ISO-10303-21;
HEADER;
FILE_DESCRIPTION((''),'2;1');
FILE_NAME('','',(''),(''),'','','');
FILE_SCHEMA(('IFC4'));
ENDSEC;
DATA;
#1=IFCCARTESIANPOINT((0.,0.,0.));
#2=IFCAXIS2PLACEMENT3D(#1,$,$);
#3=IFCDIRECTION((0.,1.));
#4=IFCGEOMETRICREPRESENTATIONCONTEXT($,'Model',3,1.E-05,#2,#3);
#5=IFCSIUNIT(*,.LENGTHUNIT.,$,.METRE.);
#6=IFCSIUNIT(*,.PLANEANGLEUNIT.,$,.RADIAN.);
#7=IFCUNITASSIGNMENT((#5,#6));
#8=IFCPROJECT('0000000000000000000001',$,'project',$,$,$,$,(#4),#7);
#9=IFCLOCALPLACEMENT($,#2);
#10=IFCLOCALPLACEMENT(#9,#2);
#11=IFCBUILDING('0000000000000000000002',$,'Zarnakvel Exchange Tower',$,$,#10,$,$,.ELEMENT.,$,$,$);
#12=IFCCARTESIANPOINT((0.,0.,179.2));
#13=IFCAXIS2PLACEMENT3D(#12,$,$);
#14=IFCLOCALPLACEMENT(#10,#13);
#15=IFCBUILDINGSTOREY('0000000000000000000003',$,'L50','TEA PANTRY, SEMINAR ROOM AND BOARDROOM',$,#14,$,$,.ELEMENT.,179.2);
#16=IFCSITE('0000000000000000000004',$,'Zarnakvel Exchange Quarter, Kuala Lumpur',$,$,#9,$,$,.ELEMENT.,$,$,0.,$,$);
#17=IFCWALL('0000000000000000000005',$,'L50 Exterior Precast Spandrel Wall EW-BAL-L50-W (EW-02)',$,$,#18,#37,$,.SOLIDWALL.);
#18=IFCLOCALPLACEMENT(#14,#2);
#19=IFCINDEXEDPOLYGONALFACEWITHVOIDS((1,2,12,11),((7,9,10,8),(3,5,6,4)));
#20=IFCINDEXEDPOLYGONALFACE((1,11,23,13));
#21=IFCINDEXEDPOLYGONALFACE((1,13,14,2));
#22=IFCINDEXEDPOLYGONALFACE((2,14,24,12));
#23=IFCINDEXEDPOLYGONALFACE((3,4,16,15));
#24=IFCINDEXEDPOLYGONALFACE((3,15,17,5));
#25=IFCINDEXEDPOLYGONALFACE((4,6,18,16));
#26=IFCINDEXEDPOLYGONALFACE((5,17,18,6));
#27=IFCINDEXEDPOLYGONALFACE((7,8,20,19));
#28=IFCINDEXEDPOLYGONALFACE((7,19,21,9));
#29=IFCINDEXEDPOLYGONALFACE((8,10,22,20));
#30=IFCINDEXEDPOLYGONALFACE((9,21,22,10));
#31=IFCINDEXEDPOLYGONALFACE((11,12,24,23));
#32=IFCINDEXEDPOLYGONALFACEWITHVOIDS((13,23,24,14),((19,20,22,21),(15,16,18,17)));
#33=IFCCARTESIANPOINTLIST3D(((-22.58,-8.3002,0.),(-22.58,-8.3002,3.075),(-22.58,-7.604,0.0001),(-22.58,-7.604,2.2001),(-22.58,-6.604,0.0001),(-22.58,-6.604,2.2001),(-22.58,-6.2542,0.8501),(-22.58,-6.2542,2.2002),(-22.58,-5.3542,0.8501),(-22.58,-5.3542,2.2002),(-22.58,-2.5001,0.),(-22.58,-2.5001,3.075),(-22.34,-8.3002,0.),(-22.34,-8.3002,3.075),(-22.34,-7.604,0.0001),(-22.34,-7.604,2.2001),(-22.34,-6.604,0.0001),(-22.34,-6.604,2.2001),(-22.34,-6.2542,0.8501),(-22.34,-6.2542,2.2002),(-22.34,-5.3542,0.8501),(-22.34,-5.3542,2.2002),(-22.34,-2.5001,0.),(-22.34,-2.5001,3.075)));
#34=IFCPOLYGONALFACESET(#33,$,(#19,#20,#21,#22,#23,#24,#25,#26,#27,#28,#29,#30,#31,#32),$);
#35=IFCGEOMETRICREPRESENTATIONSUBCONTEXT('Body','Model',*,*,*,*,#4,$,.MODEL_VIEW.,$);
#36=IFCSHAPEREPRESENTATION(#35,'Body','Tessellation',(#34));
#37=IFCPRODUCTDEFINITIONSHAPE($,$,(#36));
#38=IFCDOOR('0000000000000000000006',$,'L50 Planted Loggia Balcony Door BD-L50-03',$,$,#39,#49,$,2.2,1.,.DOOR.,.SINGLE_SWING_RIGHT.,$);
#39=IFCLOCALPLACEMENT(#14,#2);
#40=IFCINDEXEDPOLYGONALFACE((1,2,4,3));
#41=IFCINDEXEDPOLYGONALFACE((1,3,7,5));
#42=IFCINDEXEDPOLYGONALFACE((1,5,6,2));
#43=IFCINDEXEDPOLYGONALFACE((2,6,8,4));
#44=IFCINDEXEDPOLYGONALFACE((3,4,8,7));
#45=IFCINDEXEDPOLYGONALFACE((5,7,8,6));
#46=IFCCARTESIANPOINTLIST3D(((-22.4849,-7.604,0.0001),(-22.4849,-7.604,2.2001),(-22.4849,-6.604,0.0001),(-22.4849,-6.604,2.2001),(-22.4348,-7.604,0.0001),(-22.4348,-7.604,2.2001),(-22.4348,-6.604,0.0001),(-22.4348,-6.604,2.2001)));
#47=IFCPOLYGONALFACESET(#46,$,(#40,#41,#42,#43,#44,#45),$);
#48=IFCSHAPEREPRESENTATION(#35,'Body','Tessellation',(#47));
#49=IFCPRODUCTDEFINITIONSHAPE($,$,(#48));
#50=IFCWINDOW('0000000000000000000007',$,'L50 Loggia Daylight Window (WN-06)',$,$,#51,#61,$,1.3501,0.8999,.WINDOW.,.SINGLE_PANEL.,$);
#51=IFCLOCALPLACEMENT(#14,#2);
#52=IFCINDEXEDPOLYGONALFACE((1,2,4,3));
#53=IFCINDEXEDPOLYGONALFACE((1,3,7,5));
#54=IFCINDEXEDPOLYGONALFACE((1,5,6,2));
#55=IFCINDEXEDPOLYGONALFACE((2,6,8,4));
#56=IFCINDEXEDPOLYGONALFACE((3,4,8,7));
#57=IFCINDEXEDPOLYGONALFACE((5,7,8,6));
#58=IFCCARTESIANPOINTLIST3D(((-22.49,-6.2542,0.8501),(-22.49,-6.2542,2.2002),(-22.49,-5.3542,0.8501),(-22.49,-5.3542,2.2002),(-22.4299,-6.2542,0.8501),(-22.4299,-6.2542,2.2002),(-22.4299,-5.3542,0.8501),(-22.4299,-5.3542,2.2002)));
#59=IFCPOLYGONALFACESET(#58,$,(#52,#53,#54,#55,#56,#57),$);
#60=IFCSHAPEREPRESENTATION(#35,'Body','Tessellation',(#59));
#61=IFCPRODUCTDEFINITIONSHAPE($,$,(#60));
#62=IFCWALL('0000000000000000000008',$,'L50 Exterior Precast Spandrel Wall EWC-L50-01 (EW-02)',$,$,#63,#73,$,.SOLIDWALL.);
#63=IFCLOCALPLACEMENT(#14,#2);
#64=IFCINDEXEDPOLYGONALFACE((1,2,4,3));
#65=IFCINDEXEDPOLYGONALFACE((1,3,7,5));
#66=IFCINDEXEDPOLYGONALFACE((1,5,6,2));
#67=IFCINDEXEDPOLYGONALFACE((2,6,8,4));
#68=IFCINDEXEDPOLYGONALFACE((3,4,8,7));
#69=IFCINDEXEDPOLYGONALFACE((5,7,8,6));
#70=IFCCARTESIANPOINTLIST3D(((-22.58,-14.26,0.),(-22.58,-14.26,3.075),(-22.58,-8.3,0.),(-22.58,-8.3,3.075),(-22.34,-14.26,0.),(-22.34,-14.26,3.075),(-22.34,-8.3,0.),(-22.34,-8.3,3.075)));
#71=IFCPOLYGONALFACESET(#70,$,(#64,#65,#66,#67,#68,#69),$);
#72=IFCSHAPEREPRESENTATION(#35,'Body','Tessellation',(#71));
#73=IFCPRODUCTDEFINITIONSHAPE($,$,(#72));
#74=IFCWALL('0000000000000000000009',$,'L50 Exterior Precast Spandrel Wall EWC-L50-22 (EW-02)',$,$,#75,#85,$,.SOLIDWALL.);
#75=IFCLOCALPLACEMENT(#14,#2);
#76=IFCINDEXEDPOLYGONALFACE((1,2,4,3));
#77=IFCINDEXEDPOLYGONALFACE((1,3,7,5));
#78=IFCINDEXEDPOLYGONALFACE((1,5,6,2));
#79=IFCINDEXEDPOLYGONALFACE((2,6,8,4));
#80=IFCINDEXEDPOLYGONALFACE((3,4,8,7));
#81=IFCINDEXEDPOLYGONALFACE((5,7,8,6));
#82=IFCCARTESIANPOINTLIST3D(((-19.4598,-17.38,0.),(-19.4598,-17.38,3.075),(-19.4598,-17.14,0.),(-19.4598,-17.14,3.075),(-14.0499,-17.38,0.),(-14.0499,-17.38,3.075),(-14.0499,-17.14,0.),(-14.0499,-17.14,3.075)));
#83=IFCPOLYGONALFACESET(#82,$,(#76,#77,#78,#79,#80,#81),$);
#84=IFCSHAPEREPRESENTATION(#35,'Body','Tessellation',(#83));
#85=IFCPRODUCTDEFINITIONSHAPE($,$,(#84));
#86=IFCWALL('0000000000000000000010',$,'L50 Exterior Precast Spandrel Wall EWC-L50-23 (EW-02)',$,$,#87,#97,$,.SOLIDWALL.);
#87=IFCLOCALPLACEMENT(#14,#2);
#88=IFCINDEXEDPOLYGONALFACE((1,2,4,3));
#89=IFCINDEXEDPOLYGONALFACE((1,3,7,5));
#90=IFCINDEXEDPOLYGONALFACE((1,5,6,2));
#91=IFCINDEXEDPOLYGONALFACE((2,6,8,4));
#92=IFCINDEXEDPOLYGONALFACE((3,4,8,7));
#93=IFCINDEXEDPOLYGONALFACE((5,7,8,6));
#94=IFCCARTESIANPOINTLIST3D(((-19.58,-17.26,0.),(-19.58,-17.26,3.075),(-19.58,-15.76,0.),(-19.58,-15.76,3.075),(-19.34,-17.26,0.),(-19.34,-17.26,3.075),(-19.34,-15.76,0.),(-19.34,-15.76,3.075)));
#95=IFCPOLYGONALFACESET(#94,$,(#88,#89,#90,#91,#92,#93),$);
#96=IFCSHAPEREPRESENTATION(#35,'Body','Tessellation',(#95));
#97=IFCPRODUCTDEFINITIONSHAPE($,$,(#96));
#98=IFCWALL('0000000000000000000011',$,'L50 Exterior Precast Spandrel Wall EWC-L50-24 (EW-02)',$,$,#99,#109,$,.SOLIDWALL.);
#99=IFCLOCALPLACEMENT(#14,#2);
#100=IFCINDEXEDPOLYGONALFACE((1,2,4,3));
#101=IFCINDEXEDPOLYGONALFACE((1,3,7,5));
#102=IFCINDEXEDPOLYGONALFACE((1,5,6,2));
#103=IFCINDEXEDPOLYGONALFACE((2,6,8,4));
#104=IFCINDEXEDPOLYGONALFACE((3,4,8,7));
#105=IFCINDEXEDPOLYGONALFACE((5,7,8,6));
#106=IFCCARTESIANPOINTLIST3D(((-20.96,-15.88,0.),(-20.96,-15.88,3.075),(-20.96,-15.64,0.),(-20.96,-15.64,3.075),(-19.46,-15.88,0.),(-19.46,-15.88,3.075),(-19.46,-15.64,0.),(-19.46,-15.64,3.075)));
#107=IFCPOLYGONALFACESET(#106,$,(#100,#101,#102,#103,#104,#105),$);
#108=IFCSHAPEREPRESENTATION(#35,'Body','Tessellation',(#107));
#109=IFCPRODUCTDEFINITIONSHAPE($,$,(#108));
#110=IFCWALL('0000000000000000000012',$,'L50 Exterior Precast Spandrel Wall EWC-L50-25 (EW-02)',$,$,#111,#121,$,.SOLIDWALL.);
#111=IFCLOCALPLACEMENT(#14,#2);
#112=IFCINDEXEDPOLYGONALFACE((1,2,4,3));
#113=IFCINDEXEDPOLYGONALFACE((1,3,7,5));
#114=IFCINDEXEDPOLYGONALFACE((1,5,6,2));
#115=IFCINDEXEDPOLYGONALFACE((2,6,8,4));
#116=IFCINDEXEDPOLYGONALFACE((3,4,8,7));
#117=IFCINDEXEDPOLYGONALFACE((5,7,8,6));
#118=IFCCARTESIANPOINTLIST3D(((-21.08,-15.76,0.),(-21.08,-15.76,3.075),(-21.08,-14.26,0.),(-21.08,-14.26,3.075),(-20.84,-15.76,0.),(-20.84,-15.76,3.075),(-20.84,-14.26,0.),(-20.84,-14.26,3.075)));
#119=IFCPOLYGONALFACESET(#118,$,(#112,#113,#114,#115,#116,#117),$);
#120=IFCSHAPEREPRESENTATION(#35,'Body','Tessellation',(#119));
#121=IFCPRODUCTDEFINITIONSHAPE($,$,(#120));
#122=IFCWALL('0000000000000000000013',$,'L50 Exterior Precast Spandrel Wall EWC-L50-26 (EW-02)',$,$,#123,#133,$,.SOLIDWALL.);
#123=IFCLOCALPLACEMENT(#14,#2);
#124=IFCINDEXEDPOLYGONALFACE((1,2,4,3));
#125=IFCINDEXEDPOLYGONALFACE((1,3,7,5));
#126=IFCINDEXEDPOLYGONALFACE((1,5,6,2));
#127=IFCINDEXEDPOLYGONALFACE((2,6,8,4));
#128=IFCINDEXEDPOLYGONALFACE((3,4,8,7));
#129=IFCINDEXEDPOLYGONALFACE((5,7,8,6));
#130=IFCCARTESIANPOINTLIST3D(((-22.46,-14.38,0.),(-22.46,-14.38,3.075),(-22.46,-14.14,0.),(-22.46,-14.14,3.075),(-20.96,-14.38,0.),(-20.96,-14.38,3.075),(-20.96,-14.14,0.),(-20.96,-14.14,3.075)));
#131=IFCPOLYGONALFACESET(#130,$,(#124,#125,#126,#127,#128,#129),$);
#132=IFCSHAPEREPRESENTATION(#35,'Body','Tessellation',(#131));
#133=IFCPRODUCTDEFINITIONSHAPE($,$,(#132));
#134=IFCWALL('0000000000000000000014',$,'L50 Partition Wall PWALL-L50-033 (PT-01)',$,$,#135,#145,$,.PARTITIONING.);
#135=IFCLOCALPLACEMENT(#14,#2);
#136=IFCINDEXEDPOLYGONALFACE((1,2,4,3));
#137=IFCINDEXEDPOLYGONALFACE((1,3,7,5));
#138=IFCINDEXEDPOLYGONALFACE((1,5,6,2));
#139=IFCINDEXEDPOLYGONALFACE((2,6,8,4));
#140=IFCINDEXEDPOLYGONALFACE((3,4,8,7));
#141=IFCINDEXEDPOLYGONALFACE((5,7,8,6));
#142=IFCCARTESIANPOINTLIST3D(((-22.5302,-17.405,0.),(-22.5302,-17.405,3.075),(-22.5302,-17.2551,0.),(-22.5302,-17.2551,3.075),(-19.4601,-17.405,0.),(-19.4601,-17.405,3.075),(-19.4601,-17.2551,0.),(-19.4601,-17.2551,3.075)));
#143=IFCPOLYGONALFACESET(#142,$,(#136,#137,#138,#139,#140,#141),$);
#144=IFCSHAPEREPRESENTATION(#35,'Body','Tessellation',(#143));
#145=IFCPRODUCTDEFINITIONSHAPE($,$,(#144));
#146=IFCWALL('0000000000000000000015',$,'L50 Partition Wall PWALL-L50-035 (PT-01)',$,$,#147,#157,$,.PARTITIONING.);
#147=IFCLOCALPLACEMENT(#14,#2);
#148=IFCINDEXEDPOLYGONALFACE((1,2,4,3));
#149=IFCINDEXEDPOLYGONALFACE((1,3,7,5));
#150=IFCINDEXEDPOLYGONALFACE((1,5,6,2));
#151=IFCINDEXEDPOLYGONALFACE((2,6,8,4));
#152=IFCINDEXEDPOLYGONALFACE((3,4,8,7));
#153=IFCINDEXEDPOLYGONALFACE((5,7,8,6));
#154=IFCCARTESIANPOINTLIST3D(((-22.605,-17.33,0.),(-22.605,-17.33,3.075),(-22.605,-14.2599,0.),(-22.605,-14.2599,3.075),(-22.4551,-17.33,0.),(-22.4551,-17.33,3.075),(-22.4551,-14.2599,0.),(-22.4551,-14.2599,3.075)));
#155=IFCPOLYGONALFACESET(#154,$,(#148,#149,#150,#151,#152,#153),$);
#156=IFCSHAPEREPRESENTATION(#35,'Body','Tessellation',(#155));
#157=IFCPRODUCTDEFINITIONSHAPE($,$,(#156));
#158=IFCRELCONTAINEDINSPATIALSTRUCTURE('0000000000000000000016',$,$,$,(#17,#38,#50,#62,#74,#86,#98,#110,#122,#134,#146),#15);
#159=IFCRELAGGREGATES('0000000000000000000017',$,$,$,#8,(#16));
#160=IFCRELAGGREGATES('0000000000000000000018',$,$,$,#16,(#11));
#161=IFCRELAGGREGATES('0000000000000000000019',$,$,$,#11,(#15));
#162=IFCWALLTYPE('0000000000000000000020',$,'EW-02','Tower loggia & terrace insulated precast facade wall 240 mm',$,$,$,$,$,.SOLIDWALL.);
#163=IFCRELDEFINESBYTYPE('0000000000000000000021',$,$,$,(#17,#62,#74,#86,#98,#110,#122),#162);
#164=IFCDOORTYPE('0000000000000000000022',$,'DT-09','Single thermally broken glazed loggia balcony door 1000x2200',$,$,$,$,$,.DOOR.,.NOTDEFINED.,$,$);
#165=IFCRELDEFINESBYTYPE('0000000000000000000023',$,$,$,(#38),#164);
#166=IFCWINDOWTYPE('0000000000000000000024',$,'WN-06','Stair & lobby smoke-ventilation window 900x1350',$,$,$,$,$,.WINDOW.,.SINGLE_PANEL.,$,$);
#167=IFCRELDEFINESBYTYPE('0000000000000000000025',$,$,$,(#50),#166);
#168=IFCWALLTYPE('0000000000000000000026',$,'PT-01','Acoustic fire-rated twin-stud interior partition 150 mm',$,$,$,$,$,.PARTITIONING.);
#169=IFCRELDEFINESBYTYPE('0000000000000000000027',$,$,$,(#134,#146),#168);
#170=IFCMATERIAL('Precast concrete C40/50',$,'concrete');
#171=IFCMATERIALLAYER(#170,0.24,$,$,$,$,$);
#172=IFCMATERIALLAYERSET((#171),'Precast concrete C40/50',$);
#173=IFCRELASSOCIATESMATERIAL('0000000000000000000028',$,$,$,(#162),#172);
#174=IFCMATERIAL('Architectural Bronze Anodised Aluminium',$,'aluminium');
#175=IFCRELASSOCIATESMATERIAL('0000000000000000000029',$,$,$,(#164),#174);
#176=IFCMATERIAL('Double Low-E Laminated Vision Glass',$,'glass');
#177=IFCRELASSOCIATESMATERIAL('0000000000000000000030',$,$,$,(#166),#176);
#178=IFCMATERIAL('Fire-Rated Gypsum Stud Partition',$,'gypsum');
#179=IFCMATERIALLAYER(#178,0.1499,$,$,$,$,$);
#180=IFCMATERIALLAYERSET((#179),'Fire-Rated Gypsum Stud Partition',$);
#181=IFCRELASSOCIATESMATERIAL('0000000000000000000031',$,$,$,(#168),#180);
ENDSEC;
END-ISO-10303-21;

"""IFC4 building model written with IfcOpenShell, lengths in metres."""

from ifc_helpers import new_model, si_unit, direction, frame, frame_2d, origin, place, context, subcontext, project, spatial, rectangle, extrude, source, transform, mapped, material, layer, layer_set, type_object, element, fill, save


model = new_model("IFC4")

# Units and contexts
model_context = context("Model", 3, precision=1e-05, world=origin(), true_north=direction((0.0, 1.0)))
body_context = subcontext(model_context, "Body", "Model", "MODEL_VIEW")
ifc_project = project(units=[si_unit("LENGTHUNIT", "METRE"), si_unit("PLANEANGLEUNIT", "RADIAN")], contexts=[model_context])

# Site, building, storey
site_placement = place(None, origin())
site = spatial("IfcSite", under=ifc_project, at=site_placement, Name="Zarnakvel Exchange Quarter, Kuala Lumpur", CompositionType="ELEMENT", RefElevation=0.0)
building_placement = place(site_placement, origin())
building = spatial("IfcBuilding", under=site, at=building_placement, Name="Zarnakvel Exchange Tower", CompositionType="ELEMENT")
storey_placement = place(building_placement, frame((0.0, 0.0, 179.2)))
storey = spatial("IfcBuildingStorey", under=building, at=storey_placement, Name="L50", Description="TEA PANTRY, SEMINAR ROOM AND BOARDROOM", CompositionType="ELEMENT", Elevation=179.2)

# Wall, openings, door, window
ifc_material_1 = material(Name="Precast concrete C40/50", Category="concrete")
ifc_layer_1 = layer(ifc_material_1, 0.24)
ifc_layer_set_1 = layer_set([ifc_layer_1], Name="Precast concrete C40/50")
wall_type_1 = type_object("IfcWallType", Name="EW-02", Description="Tower loggia & terrace insulated precast facade wall 240 mm", PredefinedType="SOLIDWALL", material=ifc_layer_set_1)
wall_1_placement = place(storey_placement, frame((-22.46, -8.3, 0.0), z_axis=(0.0, 0.0, 1.0), x_axis=(0.0, 1.0, 0.0)))
wall_1 = element("IfcWall", 1, at=wall_1_placement, inside=storey, type_object=wall_type_1, Name="L50 Exterior Precast Spandrel Wall EW-BAL-L50-W (EW-02)", PredefinedType="SOLIDWALL", context=body_context, shape_type="SweptSolid", body=[
    extrude(rectangle(XDim=5.8, YDim=0.24, at=frame_2d((2.8999, 0.0))), origin(), (0.0, 0.0, 1.0), 3.075),
])
opening_1_placement = place(wall_1_placement, frame((0.696, 0.0, 0.0)))
opening_1 = element("IfcOpeningElement", 2, at=opening_1_placement, cuts=wall_1, PredefinedType="OPENING", context=body_context, shape_type="SweptSolid", body=[
    extrude(rectangle(XDim=1.0, YDim=2.2, at=frame_2d((0.5, 1.1001))), frame((0.0, 0.1299, 0.0), z_axis=(0.0, -1.0, 0.0), x_axis=(1.0, 0.0, 0.0)), (0.0, 0.0, 1.0), 0.26),
])
opening_2_placement = place(wall_1_placement, frame((2.0459, 0.0, 0.8501)))
opening_2 = element("IfcOpeningElement", 3, at=opening_2_placement, cuts=wall_1, PredefinedType="OPENING", context=body_context, shape_type="SweptSolid", body=[
    extrude(rectangle(XDim=0.8999, YDim=1.3501, at=frame_2d((0.45, 0.675))), frame((0.0, 0.1299, 0.0), z_axis=(0.0, -1.0, 0.0), x_axis=(1.0, 0.0, 0.0)), (0.0, 0.0, 1.0), 0.26),
])
ifc_material_2 = material(Name="Architectural Bronze Anodised Aluminium", Category="aluminium")
door_type = type_object("IfcDoorType", Name="DT-09", Description="Single thermally broken glazed loggia balcony door 1000x2200", OperationType="NOTDEFINED", PredefinedType="DOOR", material=ifc_material_2)
shared_shape_1 = source(origin(), body_context, "Body", "SweptSolid", [
    extrude(rectangle(XDim=1.0, YDim=2.2, at=frame_2d((0.5, 1.1001))), frame((0.0, 0.0249, 0.0), z_axis=(0.0, -1.0, 0.0), x_axis=(1.0, 0.0, 0.0)), (0.0, 0.0, 1.0), 0.05),
])
door_placement = place(opening_1_placement, origin())
door = element("IfcDoor", 4, at=door_placement, inside=storey, type_object=door_type, Name="L50 Planted Loggia Balcony Door BD-L50-03", OperationType="SINGLE_SWING_RIGHT", OverallHeight=2.2, OverallWidth=1.0, PredefinedType="DOOR", context=body_context, shape_type="MappedRepresentation", body=[
    mapped(shared_shape_1, transform((0.0, 0.0, 0.0), x_axis=(1.0, 0.0, 0.0), y_axis=(0.0, 1.0, 0.0), z_axis=(0.0, 0.0, 1.0), scale=1.0)),
])
fill(opening_1, door)
ifc_material_3 = material(Name="Double Low-E Laminated Vision Glass", Category="glass")
window_type = type_object("IfcWindowType", Name="WN-06", Description="Stair & lobby smoke-ventilation window 900x1350", PartitioningType="SINGLE_PANEL", PredefinedType="WINDOW", material=ifc_material_3)
shared_shape_2 = source(origin(), body_context, "Body", "SweptSolid", [
    extrude(rectangle(XDim=0.8999, YDim=1.3501, at=frame_2d((0.45, 0.675))), frame((0.0, 0.03, 0.0), z_axis=(0.0, -1.0, 0.0), x_axis=(1.0, 0.0, 0.0)), (0.0, 0.0, 1.0), 0.0601),
])
window_placement = place(opening_2_placement, origin())
window = element("IfcWindow", 5, at=window_placement, inside=storey, type_object=window_type, Name="L50 Loggia Daylight Window (WN-06)", OverallHeight=1.3501, OverallWidth=0.8999, PartitioningType="SINGLE_PANEL", PredefinedType="WINDOW", context=body_context, shape_type="MappedRepresentation", body=[
    mapped(shared_shape_2, transform((0.0, 0.0, 0.0), x_axis=(1.0, 0.0, 0.0), y_axis=(0.0, 1.0, 0.0), z_axis=(0.0, 0.0, 1.0), scale=1.0)),
])
fill(opening_2, window)

# Walls
wall_2_placement = place(storey_placement, frame((-22.46, -8.3, 0.0), z_axis=(0.0, 0.0, 1.0), x_axis=(0.0, -1.0, 0.0)))
element("IfcWall", 6, at=wall_2_placement, inside=storey, type_object=wall_type_1, Name="L50 Exterior Precast Spandrel Wall EWC-L50-01 (EW-02)", PredefinedType="SOLIDWALL", context=body_context, shape_type="SweptSolid", body=[
    extrude(rectangle(XDim=5.96, YDim=0.24, at=frame_2d((2.98, 0.0))), origin(), (0.0, 0.0, 1.0), 3.075),
])
wall_3_placement = place(storey_placement, frame((-19.46, -17.26, 0.0), z_axis=(0.0, 0.0, 1.0), x_axis=(1.0, 0.0, 0.0)))
element("IfcWall", 7, at=wall_3_placement, inside=storey, type_object=wall_type_1, Name="L50 Exterior Precast Spandrel Wall EWC-L50-22 (EW-02)", PredefinedType="SOLIDWALL", context=body_context, shape_type="SweptSolid", body=[
    extrude(rectangle(XDim=5.4099, YDim=0.24, at=frame_2d((2.7051, 0.0))), origin(), (0.0, 0.0, 1.0), 3.075),
])
for number, where, z_axis, x_axis, name in (
    (8, (-19.46, -15.76, 0.0), (0.0, 0.0, 1.0), (0.0, -1.0, 0.0), "L50 Exterior Precast Spandrel Wall EWC-L50-23 (EW-02)"),
    (9, (-20.96, -15.76, 0.0), (0.0, 0.0, 1.0), (1.0, 0.0, 0.0), "L50 Exterior Precast Spandrel Wall EWC-L50-24 (EW-02)"),
    (10, (-20.96, -14.26, 0.0), (0.0, 0.0, 1.0), (0.0, -1.0, 0.0), "L50 Exterior Precast Spandrel Wall EWC-L50-25 (EW-02)"),
    (11, (-22.46, -14.26, 0.0), (0.0, 0.0, 1.0), (1.0, 0.0, 0.0), "L50 Exterior Precast Spandrel Wall EWC-L50-26 (EW-02)"),
):
    element("IfcWall", number, at=place(storey_placement, frame(where, z_axis=z_axis, x_axis=x_axis)), inside=storey, type_object=wall_type_1, Name=name, PredefinedType="SOLIDWALL", context=body_context, shape_type="SweptSolid", body=[
        extrude(rectangle(XDim=1.5, YDim=0.24, at=frame_2d((0.75, 0.0))), origin(), (0.0, 0.0, 1.0), 3.075),
    ])
ifc_material_4 = material(Name="Fire-Rated Gypsum Stud Partition", Category="gypsum")
ifc_layer_2 = layer(ifc_material_4, 0.1499)
ifc_layer_set_2 = layer_set([ifc_layer_2], Name="Fire-Rated Gypsum Stud Partition")
wall_type_2 = type_object("IfcWallType", Name="PT-01", Description="Acoustic fire-rated twin-stud interior partition 150 mm", PredefinedType="PARTITIONING", material=ifc_layer_set_2)
for number, where, z_axis, x_axis, name in (
    (12, (-19.46, -17.3301, 0.0), (0.0, 0.0, 1.0), (-1.0, 0.0, 0.0), "L50 Partition Wall PWALL-L50-033 (PT-01)"),
    (13, (-22.53, -17.3301, 0.0), (0.0, 0.0, 1.0), (0.0, 1.0, 0.0), "L50 Partition Wall PWALL-L50-035 (PT-01)"),
):
    element("IfcWall", number, at=place(storey_placement, frame(where, z_axis=z_axis, x_axis=x_axis)), inside=storey, type_object=wall_type_2, Name=name, PredefinedType="PARTITIONING", context=body_context, shape_type="SweptSolid", body=[
        extrude(rectangle(XDim=3.0701, YDim=0.1499, at=frame_2d((1.5352, 0.0))), origin(), (0.0, 0.0, 1.0), 3.075),
    ])

save(model, "model.ifc")
